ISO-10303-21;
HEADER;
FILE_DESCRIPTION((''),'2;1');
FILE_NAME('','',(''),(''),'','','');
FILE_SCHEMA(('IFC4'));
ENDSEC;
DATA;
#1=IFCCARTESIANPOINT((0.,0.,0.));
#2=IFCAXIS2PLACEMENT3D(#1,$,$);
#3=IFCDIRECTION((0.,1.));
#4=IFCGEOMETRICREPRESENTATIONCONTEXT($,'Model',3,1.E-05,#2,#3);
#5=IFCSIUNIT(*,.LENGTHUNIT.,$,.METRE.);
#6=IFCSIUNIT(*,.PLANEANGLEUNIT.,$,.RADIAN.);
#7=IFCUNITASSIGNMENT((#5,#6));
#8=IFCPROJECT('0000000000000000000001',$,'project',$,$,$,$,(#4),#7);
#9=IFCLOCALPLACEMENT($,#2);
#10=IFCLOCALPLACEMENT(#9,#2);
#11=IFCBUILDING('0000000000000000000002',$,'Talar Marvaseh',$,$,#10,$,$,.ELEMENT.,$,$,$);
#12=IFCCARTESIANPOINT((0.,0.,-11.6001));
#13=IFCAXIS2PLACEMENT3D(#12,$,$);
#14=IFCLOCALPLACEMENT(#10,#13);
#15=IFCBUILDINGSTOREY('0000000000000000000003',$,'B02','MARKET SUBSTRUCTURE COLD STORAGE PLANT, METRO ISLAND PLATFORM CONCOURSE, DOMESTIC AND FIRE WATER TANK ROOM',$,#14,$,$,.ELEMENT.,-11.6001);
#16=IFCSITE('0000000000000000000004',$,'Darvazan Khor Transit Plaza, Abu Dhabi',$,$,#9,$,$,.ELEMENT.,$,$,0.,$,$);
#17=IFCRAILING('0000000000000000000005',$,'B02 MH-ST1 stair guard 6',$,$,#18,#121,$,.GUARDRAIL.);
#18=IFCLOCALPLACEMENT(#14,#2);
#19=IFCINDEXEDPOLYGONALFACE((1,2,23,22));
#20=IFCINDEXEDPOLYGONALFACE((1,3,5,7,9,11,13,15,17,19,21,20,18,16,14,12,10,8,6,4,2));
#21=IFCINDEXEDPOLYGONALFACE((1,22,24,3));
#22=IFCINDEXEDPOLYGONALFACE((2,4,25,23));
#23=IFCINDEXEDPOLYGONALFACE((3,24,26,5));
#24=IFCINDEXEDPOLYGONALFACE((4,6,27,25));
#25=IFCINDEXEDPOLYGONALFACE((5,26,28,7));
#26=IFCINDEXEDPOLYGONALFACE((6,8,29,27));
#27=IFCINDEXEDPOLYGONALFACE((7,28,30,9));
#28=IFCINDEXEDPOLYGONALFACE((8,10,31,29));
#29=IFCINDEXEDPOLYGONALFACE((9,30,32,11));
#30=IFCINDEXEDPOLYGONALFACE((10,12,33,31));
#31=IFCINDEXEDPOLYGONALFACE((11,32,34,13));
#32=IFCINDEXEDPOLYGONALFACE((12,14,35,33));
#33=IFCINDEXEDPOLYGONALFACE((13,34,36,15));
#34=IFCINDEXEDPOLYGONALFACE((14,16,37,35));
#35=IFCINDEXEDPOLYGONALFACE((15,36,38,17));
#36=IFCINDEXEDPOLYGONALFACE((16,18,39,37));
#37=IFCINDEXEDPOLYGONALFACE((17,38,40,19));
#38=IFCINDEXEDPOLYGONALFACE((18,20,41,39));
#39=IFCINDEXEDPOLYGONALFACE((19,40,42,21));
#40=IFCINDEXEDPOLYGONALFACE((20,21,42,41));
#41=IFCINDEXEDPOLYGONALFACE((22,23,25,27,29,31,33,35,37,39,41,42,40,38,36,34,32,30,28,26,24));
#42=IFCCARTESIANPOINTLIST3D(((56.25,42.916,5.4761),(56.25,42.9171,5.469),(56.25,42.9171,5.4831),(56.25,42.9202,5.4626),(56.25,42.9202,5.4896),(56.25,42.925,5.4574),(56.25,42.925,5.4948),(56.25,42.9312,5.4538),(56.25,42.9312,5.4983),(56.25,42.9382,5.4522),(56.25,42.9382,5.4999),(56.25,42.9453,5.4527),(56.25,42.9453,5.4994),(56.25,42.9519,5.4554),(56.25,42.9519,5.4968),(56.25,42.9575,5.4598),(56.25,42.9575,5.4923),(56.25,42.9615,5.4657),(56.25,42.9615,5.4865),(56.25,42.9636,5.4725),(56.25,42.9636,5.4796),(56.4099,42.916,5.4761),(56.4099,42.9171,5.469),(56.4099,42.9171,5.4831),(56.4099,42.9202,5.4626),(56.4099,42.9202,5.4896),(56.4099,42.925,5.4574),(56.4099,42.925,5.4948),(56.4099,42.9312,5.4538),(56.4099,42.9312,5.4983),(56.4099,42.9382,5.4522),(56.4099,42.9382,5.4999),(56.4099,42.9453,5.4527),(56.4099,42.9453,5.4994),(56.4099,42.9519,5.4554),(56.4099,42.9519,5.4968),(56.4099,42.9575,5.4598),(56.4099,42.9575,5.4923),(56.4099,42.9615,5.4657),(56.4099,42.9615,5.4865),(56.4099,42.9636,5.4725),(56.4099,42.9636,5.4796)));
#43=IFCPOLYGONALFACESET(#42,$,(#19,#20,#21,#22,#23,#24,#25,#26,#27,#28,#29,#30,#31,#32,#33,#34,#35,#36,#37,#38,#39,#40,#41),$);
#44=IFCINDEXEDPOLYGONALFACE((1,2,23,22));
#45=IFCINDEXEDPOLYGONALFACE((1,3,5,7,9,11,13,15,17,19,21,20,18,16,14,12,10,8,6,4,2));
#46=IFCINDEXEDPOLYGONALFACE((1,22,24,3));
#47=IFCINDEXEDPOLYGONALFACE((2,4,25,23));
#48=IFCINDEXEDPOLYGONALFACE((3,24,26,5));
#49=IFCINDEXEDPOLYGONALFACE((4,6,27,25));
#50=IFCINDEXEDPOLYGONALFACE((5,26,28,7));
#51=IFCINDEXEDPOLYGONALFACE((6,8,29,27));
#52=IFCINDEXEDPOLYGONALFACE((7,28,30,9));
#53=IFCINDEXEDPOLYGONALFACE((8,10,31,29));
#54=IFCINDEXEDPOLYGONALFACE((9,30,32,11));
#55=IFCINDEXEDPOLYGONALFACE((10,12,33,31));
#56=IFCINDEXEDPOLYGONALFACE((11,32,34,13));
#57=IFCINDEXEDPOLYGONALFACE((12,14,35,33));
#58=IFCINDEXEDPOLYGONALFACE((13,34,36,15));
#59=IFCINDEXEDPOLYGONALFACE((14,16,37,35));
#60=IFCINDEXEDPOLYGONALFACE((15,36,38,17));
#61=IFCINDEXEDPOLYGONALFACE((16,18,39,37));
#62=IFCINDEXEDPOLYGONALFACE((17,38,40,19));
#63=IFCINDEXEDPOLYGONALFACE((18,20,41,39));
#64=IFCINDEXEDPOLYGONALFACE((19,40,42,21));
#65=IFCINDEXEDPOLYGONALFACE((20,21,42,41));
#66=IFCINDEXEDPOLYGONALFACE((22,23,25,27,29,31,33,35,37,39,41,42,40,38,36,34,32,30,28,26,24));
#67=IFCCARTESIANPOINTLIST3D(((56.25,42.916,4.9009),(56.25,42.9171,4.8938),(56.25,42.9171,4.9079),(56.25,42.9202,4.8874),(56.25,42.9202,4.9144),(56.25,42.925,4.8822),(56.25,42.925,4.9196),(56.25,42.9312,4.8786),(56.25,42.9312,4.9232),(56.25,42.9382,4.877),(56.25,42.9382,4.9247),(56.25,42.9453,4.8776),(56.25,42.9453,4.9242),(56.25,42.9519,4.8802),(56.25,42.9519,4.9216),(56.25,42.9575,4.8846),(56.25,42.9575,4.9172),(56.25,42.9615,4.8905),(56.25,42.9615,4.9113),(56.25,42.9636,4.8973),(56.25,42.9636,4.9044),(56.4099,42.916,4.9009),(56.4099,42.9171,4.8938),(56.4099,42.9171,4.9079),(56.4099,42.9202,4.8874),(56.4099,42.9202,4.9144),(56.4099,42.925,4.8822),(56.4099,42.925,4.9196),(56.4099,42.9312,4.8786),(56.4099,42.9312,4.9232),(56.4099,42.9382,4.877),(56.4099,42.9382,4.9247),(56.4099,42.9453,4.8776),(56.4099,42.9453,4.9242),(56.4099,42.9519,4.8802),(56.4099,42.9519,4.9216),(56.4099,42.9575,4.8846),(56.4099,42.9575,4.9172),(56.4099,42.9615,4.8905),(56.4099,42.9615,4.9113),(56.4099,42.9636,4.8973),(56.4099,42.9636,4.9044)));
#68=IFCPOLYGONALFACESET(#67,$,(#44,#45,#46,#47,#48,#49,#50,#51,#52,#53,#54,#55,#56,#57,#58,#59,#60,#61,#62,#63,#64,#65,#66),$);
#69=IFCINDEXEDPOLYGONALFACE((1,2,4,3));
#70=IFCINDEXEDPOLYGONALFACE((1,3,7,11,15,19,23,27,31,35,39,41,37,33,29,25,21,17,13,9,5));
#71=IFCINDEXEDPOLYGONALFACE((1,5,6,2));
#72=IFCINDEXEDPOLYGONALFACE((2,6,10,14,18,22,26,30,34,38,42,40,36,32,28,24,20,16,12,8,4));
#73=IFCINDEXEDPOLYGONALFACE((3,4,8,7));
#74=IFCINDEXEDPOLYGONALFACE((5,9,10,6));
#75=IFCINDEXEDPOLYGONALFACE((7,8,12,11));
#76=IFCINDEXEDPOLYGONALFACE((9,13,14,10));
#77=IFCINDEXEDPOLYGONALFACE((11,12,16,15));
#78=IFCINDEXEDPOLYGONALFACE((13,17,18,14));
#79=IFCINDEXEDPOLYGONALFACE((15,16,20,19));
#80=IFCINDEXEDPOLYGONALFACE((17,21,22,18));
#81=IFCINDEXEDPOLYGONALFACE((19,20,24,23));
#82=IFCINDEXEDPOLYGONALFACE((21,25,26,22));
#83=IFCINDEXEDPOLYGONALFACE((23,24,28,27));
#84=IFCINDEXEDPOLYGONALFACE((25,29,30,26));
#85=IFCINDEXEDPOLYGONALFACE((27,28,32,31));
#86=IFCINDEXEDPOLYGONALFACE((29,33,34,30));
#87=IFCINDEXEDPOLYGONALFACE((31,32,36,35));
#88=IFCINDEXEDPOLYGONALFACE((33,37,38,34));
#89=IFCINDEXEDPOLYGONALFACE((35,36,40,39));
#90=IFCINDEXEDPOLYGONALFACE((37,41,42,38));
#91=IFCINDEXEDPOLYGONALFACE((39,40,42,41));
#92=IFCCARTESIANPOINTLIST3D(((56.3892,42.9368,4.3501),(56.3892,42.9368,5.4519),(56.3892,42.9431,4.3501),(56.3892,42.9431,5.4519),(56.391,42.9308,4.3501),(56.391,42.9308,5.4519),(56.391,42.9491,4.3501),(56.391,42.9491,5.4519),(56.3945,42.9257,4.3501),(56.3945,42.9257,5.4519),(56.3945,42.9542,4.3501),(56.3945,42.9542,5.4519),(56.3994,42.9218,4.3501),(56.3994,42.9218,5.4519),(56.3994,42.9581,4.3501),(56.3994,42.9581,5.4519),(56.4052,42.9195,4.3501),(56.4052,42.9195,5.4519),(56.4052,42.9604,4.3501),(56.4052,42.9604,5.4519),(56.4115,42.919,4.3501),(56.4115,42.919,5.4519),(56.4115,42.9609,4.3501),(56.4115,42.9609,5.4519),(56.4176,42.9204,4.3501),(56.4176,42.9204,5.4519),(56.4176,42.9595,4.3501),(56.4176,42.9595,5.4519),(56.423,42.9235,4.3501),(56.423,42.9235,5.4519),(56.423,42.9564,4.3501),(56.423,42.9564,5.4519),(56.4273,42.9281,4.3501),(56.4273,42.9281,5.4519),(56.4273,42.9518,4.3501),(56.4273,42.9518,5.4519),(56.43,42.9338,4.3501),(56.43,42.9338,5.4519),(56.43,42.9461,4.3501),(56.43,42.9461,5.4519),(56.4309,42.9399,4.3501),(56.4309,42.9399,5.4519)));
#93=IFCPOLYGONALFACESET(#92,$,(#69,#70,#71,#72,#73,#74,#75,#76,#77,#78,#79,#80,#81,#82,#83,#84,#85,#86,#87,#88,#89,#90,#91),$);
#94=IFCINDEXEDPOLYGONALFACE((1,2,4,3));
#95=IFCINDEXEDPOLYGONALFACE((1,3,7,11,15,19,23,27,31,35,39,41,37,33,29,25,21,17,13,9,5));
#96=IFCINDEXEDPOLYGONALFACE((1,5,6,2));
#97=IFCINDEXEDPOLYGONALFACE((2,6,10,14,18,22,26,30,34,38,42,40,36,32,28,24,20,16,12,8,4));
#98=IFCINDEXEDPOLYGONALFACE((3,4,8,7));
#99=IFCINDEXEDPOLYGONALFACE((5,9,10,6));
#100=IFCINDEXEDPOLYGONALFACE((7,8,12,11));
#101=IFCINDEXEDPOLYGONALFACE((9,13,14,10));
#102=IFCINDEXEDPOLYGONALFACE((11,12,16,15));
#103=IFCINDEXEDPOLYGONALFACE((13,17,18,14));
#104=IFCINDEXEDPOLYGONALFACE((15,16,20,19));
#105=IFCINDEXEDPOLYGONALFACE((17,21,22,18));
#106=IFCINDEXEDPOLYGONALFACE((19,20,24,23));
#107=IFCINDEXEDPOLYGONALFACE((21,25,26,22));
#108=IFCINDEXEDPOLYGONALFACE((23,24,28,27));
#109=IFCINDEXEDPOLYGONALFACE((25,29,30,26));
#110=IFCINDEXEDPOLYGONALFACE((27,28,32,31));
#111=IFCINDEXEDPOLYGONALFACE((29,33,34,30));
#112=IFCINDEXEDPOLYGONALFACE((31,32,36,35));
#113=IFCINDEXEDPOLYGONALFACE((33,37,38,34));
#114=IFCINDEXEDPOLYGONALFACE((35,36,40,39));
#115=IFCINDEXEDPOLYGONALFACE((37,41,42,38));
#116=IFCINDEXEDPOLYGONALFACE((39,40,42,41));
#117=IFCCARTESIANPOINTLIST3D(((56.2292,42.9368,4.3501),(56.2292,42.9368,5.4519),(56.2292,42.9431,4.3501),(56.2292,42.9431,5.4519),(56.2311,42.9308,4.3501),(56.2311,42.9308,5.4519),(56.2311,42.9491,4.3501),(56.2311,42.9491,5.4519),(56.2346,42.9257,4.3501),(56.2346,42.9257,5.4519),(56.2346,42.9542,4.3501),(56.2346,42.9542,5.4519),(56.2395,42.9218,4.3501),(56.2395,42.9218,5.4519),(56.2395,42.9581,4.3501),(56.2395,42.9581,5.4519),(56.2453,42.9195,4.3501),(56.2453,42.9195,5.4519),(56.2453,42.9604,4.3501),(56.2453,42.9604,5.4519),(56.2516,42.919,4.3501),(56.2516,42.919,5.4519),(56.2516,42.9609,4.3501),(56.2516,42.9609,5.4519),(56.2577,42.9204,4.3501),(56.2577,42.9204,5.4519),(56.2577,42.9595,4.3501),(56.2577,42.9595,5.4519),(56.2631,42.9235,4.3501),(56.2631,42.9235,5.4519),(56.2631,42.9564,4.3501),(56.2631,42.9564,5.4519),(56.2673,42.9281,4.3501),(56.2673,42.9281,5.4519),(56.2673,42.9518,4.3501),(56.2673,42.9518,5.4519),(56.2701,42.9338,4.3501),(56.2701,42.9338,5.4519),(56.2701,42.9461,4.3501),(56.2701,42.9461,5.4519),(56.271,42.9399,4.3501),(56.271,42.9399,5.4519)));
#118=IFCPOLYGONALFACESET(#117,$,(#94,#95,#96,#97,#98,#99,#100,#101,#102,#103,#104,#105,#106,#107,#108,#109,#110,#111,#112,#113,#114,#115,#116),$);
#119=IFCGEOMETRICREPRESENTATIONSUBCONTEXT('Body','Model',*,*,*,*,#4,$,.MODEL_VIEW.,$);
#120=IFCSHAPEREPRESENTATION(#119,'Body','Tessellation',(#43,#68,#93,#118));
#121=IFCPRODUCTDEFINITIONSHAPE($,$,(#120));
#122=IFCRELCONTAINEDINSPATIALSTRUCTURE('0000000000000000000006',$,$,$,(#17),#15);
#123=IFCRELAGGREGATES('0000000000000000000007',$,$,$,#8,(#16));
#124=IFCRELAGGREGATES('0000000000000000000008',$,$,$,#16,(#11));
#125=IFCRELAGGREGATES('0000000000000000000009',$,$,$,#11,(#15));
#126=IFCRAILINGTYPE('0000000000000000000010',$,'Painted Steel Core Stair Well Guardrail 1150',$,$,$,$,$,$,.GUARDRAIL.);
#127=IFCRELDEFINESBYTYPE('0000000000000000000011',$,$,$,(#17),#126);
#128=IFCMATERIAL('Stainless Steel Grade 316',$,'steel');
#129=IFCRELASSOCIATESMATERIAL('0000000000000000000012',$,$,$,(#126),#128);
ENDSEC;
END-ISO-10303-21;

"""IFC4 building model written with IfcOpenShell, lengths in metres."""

from ifc_helpers import new_model, si_unit, direction, frame, origin, origin_2d, place, context, subcontext, project, spatial, circle, extrude, material, type_object, element, save


model = new_model("IFC4")

# Units and contexts
model_context = context("Model", 3, precision=1e-05, world=origin(), true_north=direction((0.0, 1.0)))
body_context = subcontext(model_context, "Body", "Model", "MODEL_VIEW")
ifc_project = project(units=[si_unit("LENGTHUNIT", "METRE"), si_unit("PLANEANGLEUNIT", "RADIAN")], contexts=[model_context])

# Site, building, storey
site_placement = place(None, origin())
site = spatial("IfcSite", under=ifc_project, at=site_placement, Name="Darvazan Khor Transit Plaza, Abu Dhabi", CompositionType="ELEMENT", RefElevation=0.0)
building_placement = place(site_placement, origin())
building = spatial("IfcBuilding", under=site, at=building_placement, Name="Talar Marvaseh", CompositionType="ELEMENT")
storey_placement = place(building_placement, frame((0.0, 0.0, -11.6001)))
storey = spatial("IfcBuildingStorey", under=building, at=storey_placement, Name="B02", Description="MARKET SUBSTRUCTURE COLD STORAGE PLANT, METRO ISLAND PLATFORM CONCOURSE, DOMESTIC AND FIRE WATER TANK ROOM", CompositionType="ELEMENT", Elevation=-11.6001)

# Railing
ifc_material_1 = material(Name="Stainless Steel Grade 316", Category="steel")
railing_type_1 = type_object("IfcRailingType", Name="Painted Steel Core Stair Well Guardrail 1150", PredefinedType="GUARDRAIL", material=ifc_material_1)
railing_1_placement = place(storey_placement, frame((56.4099, 42.9399, 4.3501)))
element("IfcRailing", 1, at=railing_1_placement, inside=storey, type_object=railing_type_1, Name="B02 MH-ST1 stair guard 6", PredefinedType="GUARDRAIL", context=body_context, shape_type="SweptSolid", body=[
    extrude(circle(Radius=0.0239, at=origin_2d()), frame((0.0, 0.0, 1.126), z_axis=(-1.0, 0.0, 0.0), x_axis=(0.0, -1.0, 0.0)), (0.0, 0.0, 1.0), 0.1599),
    extrude(circle(Radius=0.0239, at=origin_2d()), frame((0.0, 0.0, 0.5508), z_axis=(-1.0, 0.0, 0.0), x_axis=(0.0, -1.0, 0.0)), (0.0, 0.0, 1.0), 0.1599),
    extrude(circle(Radius=0.021, at=origin_2d()), origin(), (0.0, 0.0, 1.0), 1.1018),
    extrude(circle(Radius=0.021, at=origin_2d()), frame((-0.1599, 0.0, 0.0)), (0.0, 0.0, 1.0), 1.1018),
])

save(model, "model.ifc")
